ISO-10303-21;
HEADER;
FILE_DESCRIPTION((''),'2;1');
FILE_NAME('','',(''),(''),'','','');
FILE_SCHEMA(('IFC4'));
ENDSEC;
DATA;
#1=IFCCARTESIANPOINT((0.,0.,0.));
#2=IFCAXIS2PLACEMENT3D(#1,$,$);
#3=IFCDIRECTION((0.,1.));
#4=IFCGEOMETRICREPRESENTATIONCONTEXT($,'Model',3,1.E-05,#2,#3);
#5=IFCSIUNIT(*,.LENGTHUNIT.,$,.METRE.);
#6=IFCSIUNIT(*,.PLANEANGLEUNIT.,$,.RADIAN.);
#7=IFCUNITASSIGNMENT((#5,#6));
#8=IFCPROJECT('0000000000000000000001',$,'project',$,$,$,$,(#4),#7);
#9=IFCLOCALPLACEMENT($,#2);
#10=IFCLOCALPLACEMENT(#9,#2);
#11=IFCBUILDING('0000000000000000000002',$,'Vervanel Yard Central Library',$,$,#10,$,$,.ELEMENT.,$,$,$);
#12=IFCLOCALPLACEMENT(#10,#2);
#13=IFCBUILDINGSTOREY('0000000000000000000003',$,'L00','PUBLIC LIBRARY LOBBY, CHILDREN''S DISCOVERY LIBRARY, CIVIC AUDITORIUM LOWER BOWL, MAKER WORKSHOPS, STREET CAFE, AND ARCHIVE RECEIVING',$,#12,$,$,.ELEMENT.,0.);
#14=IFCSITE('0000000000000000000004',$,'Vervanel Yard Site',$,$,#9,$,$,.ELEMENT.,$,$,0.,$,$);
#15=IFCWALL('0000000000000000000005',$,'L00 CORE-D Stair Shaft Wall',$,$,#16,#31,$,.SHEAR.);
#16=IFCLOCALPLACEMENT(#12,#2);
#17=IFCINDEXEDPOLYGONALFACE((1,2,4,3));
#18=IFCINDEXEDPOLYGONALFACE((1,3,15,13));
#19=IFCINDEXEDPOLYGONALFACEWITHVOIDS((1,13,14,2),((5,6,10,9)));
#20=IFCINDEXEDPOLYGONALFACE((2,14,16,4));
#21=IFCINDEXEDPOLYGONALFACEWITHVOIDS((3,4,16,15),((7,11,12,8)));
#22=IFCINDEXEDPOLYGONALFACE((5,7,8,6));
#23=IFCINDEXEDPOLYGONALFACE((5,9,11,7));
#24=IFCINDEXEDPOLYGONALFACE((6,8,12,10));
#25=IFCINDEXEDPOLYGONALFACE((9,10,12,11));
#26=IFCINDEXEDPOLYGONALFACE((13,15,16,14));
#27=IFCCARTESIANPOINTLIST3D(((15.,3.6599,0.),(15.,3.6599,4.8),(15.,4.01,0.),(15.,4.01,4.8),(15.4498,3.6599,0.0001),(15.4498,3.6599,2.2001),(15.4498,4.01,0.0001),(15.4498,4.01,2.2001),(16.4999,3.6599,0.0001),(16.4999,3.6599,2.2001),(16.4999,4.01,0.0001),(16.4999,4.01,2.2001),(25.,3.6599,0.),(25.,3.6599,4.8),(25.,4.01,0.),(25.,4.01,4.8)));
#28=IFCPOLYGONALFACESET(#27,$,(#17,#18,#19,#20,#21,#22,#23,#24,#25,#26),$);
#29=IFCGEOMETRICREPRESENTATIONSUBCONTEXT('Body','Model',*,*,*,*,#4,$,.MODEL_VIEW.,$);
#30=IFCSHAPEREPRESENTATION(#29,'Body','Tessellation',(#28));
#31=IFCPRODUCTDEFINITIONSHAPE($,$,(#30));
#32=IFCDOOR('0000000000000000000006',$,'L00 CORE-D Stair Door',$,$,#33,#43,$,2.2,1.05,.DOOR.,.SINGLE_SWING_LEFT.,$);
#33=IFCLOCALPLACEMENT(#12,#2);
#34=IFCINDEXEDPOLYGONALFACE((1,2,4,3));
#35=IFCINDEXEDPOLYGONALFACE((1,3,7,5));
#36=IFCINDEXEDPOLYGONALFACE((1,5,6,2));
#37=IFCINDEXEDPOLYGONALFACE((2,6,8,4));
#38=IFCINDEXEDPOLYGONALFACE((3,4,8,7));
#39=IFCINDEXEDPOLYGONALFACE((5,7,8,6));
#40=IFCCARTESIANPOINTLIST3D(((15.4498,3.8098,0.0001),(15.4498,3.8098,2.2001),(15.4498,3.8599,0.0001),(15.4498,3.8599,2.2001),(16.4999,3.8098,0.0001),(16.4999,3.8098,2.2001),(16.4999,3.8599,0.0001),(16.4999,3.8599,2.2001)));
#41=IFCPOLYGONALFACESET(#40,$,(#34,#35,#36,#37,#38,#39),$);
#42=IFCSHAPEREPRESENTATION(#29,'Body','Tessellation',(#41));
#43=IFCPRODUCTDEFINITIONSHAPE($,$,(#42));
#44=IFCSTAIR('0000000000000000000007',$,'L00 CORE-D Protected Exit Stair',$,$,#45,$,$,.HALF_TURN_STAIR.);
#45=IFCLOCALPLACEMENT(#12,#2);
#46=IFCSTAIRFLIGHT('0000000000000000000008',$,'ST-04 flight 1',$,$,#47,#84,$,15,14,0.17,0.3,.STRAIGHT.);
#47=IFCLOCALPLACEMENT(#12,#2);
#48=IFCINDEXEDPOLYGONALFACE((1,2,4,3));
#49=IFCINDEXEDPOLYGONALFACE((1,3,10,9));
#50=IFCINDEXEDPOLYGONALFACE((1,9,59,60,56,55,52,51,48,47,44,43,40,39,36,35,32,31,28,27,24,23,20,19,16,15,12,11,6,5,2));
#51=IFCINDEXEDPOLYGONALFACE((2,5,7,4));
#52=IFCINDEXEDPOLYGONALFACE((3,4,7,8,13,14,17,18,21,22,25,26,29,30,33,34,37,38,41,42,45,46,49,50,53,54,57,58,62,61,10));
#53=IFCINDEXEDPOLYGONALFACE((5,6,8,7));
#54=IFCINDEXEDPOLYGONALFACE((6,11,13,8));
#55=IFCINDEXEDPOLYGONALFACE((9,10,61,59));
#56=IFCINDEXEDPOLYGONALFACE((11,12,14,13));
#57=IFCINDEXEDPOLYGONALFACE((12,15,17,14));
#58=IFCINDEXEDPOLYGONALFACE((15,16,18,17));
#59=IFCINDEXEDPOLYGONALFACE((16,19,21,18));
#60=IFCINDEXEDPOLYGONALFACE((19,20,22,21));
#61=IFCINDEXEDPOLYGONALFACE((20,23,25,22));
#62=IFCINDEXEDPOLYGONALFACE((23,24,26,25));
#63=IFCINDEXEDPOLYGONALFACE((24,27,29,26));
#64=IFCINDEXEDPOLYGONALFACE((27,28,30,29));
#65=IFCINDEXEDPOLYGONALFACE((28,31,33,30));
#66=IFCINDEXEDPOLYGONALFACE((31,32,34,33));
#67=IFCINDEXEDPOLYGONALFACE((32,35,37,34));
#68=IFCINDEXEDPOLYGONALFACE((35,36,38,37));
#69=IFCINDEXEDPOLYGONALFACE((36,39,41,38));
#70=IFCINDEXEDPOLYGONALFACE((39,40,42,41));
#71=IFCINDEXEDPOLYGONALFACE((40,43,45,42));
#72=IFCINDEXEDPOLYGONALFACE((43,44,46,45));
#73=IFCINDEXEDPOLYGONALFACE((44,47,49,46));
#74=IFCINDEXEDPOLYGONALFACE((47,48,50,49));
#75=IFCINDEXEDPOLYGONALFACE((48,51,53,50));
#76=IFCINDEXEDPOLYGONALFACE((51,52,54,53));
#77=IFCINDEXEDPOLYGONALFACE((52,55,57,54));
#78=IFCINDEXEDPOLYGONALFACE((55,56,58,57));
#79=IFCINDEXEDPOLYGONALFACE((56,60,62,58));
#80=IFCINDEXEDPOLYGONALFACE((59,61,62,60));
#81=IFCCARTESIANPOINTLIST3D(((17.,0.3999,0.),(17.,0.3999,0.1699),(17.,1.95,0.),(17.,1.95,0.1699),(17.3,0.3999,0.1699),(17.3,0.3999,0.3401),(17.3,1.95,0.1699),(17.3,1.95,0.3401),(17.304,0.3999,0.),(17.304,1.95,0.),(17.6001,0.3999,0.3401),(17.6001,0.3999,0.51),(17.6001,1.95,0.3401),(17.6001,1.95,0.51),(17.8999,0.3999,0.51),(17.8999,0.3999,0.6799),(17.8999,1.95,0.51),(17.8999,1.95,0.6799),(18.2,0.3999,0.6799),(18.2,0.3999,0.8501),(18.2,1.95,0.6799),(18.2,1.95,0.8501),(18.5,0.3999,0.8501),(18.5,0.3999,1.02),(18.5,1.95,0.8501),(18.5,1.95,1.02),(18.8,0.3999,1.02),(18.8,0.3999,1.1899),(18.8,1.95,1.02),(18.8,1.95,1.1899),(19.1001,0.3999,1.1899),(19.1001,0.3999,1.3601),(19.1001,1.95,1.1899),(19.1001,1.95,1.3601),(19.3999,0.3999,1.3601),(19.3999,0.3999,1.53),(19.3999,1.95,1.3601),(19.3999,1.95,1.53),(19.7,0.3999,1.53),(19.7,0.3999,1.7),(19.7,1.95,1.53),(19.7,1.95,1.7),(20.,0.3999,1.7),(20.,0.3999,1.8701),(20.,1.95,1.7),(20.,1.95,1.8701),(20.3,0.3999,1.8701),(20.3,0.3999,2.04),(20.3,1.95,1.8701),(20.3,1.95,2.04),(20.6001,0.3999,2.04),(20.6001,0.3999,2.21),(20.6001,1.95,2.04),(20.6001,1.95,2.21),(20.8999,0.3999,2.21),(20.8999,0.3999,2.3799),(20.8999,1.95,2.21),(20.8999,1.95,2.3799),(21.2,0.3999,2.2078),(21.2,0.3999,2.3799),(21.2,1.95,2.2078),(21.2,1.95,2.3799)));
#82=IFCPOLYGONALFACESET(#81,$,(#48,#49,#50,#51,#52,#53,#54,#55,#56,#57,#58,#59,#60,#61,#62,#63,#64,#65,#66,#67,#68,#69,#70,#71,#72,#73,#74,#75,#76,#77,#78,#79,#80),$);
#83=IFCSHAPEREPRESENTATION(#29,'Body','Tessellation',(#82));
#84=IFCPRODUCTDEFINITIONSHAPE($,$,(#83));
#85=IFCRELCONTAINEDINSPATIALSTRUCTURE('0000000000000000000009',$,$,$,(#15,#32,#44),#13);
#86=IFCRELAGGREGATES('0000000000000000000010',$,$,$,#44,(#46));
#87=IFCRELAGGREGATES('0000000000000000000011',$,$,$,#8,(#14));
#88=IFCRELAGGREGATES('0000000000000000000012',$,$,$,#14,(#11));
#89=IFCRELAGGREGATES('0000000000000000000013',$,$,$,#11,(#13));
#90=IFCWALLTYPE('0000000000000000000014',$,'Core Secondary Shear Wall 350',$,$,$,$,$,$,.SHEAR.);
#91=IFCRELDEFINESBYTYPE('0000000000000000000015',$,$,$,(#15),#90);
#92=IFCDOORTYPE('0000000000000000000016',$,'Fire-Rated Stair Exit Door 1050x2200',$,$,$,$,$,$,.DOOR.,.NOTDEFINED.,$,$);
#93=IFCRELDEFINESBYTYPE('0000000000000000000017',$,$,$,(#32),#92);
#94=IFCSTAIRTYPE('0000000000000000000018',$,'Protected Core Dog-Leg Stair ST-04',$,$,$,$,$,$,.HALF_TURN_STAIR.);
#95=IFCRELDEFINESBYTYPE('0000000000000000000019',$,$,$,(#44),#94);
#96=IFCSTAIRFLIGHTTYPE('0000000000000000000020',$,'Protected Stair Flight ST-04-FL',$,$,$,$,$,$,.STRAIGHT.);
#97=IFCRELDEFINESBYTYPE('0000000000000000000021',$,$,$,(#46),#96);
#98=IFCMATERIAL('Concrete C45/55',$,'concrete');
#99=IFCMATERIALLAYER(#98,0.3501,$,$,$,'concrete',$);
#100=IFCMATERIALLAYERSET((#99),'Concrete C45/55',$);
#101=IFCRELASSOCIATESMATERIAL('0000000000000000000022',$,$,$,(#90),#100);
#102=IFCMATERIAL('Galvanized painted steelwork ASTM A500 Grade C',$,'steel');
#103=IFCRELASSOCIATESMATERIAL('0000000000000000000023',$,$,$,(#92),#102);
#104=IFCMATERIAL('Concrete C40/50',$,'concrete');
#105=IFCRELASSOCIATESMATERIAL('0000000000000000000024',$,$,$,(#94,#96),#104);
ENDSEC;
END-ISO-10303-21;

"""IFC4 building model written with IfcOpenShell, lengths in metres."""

from ifc_helpers import new_model, si_unit, direction, frame, frame_2d, origin, place, context, subcontext, project, spatial, polyline, rectangle, outline, extrude, material, layer, layer_set, type_object, element, fill, aggregate, save


model = new_model("IFC4")

# Units and contexts
model_context = context("Model", 3, precision=1e-05, world=origin(), true_north=direction((0.0, 1.0)))
body_context = subcontext(model_context, "Body", "Model", "MODEL_VIEW")
ifc_project = project(units=[si_unit("LENGTHUNIT", "METRE"), si_unit("PLANEANGLEUNIT", "RADIAN")], contexts=[model_context])

# Site, building, storey
site_placement = place(None, origin())
site = spatial("IfcSite", under=ifc_project, at=site_placement, Name="Vervanel Yard Site", CompositionType="ELEMENT", RefElevation=0.0)
building_placement = place(site_placement, origin())
building = spatial("IfcBuilding", under=site, at=building_placement, Name="Vervanel Yard Central Library", CompositionType="ELEMENT")
storey_placement = place(building_placement, origin())
storey = spatial("IfcBuildingStorey", under=building, at=storey_placement, Name="L00", Description="PUBLIC LIBRARY LOBBY, CHILDREN'S DISCOVERY LIBRARY, CIVIC AUDITORIUM LOWER BOWL, MAKER WORKSHOPS, STREET CAFE, AND ARCHIVE RECEIVING", CompositionType="ELEMENT", Elevation=0.0)

# Shared definitions
ifc_material_1 = material(Name="Concrete C40/50", Category="concrete")

# Shared definitions
ifc_material_2 = material(Name="Concrete C45/55", Category="concrete")
ifc_material_3 = material(Name="Galvanized painted steelwork ASTM A500 Grade C", Category="steel")

# Wall, opening, door
ifc_layer_1 = layer(ifc_material_2, 0.3501, Category="concrete")
ifc_layer_set_1 = layer_set([ifc_layer_1], Name="Concrete C45/55")
wall_type_1 = type_object("IfcWallType", Name="Core Secondary Shear Wall 350", PredefinedType="SHEAR", material=ifc_layer_set_1)
wall_1_placement = place(storey_placement, frame((15.0, 3.835, 0.0), z_axis=(0.0, 0.0, 1.0), x_axis=(1.0, 0.0, 0.0)))
wall_1 = element("IfcWall", 1, at=wall_1_placement, inside=storey, type_object=wall_type_1, Name="L00 CORE-D Stair Shaft Wall", PredefinedType="SHEAR", context=body_context, shape_type="SweptSolid", body=[
    extrude(rectangle(XDim=10.0, YDim=0.3501, at=frame_2d((5.0, 0.0))), origin(), (0.0, 0.0, 1.0), 4.8),
])
opening_1_placement = place(wall_1_placement, frame((0.45, 0.0, 0.0)))
opening_1 = element("IfcOpeningElement", 2, at=opening_1_placement, cuts=wall_1, PredefinedType="OPENING", context=body_context, shape_type="SweptSolid", body=[
    extrude(rectangle(XDim=1.05, YDim=2.2, at=frame_2d((0.5249, 1.1001))), frame((0.0, 0.1851, 0.0), z_axis=(0.0, -1.0, 0.0), x_axis=(1.0, 0.0, 0.0)), (0.0, 0.0, 1.0), 0.3701),
])
door_type_1 = type_object("IfcDoorType", Name="Fire-Rated Stair Exit Door 1050x2200", OperationType="NOTDEFINED", PredefinedType="DOOR", material=ifc_material_3)
door_1_placement = place(opening_1_placement, origin())
door_1 = element("IfcDoor", 3, at=door_1_placement, inside=storey, type_object=door_type_1, Name="L00 CORE-D Stair Door", OperationType="SINGLE_SWING_LEFT", OverallHeight=2.2, OverallWidth=1.05, PredefinedType="DOOR", context=body_context, shape_type="SweptSolid", body=[
    extrude(rectangle(XDim=1.05, YDim=2.2, at=frame_2d((0.5249, 1.1001))), frame((0.0, 0.0249, 0.0), z_axis=(0.0, -1.0, 0.0), x_axis=(1.0, 0.0, 0.0)), (0.0, 0.0, 1.0), 0.05),
])
fill(opening_1, door_1)

# Stair, stair flight
stair_type = type_object("IfcStairType", Name="Protected Core Dog-Leg Stair ST-04", PredefinedType="HALF_TURN_STAIR", material=ifc_material_1)
stair_placement = place(storey_placement, origin())
stair = element("IfcStair", 4, at=stair_placement, inside=storey, type_object=stair_type, Name="L00 CORE-D Protected Exit Stair", PredefinedType="HALF_TURN_STAIR")
stair_flight_type = type_object("IfcStairFlightType", Name="Protected Stair Flight ST-04-FL", PredefinedType="STRAIGHT", material=ifc_material_1)
stair_flight_placement = place(storey_placement, frame((17.0, 1.175, 0.0), z_axis=(0.0, 0.0, 1.0), x_axis=(1.0, 0.0, 0.0)))
stair_flight = element("IfcStairFlight", 5, at=stair_flight_placement, type_object=stair_flight_type, Name="ST-04 flight 1", NumberOfRisers=15, NumberOfTreads=14, PredefinedType="STRAIGHT", RiserHeight=0.17, TreadLength=0.3, context=body_context, shape_type="SweptSolid", body=[
    extrude(outline(polyline([(0.0, 0.0), (0.0, 0.1699), (0.3, 0.1699), (0.3, 0.3401), (0.6001, 0.3401), (0.6001, 0.51), (0.8999, 0.51), (0.8999, 0.6799), (1.2, 0.6799), (1.2, 0.8501), (1.5, 0.8501), (1.5, 1.02), (1.8, 1.02), (1.8, 1.1899), (2.1001, 1.1899), (2.1001, 1.3601), (2.3999, 1.3601), (2.3999, 1.53), (2.7, 1.53), (2.7, 1.7), (3.0, 1.7), (3.0, 1.8701), (3.3, 1.8701), (3.3, 2.04), (3.6001, 2.04), (3.6001, 2.21), (3.8999, 2.21), (3.8999, 2.3799), (4.2, 2.3799), (4.2, 2.55), (4.2, 2.2078), (0.304, 0.0), (0.0, 0.0)])), frame((0.0, 0.7749, 0.0), z_axis=(0.0, -1.0, 0.0), x_axis=(1.0, 0.0, 0.0)), (0.0, 0.0, 1.0), 1.55),
])
aggregate(stair, [stair_flight])

save(model, "model.ifc")
